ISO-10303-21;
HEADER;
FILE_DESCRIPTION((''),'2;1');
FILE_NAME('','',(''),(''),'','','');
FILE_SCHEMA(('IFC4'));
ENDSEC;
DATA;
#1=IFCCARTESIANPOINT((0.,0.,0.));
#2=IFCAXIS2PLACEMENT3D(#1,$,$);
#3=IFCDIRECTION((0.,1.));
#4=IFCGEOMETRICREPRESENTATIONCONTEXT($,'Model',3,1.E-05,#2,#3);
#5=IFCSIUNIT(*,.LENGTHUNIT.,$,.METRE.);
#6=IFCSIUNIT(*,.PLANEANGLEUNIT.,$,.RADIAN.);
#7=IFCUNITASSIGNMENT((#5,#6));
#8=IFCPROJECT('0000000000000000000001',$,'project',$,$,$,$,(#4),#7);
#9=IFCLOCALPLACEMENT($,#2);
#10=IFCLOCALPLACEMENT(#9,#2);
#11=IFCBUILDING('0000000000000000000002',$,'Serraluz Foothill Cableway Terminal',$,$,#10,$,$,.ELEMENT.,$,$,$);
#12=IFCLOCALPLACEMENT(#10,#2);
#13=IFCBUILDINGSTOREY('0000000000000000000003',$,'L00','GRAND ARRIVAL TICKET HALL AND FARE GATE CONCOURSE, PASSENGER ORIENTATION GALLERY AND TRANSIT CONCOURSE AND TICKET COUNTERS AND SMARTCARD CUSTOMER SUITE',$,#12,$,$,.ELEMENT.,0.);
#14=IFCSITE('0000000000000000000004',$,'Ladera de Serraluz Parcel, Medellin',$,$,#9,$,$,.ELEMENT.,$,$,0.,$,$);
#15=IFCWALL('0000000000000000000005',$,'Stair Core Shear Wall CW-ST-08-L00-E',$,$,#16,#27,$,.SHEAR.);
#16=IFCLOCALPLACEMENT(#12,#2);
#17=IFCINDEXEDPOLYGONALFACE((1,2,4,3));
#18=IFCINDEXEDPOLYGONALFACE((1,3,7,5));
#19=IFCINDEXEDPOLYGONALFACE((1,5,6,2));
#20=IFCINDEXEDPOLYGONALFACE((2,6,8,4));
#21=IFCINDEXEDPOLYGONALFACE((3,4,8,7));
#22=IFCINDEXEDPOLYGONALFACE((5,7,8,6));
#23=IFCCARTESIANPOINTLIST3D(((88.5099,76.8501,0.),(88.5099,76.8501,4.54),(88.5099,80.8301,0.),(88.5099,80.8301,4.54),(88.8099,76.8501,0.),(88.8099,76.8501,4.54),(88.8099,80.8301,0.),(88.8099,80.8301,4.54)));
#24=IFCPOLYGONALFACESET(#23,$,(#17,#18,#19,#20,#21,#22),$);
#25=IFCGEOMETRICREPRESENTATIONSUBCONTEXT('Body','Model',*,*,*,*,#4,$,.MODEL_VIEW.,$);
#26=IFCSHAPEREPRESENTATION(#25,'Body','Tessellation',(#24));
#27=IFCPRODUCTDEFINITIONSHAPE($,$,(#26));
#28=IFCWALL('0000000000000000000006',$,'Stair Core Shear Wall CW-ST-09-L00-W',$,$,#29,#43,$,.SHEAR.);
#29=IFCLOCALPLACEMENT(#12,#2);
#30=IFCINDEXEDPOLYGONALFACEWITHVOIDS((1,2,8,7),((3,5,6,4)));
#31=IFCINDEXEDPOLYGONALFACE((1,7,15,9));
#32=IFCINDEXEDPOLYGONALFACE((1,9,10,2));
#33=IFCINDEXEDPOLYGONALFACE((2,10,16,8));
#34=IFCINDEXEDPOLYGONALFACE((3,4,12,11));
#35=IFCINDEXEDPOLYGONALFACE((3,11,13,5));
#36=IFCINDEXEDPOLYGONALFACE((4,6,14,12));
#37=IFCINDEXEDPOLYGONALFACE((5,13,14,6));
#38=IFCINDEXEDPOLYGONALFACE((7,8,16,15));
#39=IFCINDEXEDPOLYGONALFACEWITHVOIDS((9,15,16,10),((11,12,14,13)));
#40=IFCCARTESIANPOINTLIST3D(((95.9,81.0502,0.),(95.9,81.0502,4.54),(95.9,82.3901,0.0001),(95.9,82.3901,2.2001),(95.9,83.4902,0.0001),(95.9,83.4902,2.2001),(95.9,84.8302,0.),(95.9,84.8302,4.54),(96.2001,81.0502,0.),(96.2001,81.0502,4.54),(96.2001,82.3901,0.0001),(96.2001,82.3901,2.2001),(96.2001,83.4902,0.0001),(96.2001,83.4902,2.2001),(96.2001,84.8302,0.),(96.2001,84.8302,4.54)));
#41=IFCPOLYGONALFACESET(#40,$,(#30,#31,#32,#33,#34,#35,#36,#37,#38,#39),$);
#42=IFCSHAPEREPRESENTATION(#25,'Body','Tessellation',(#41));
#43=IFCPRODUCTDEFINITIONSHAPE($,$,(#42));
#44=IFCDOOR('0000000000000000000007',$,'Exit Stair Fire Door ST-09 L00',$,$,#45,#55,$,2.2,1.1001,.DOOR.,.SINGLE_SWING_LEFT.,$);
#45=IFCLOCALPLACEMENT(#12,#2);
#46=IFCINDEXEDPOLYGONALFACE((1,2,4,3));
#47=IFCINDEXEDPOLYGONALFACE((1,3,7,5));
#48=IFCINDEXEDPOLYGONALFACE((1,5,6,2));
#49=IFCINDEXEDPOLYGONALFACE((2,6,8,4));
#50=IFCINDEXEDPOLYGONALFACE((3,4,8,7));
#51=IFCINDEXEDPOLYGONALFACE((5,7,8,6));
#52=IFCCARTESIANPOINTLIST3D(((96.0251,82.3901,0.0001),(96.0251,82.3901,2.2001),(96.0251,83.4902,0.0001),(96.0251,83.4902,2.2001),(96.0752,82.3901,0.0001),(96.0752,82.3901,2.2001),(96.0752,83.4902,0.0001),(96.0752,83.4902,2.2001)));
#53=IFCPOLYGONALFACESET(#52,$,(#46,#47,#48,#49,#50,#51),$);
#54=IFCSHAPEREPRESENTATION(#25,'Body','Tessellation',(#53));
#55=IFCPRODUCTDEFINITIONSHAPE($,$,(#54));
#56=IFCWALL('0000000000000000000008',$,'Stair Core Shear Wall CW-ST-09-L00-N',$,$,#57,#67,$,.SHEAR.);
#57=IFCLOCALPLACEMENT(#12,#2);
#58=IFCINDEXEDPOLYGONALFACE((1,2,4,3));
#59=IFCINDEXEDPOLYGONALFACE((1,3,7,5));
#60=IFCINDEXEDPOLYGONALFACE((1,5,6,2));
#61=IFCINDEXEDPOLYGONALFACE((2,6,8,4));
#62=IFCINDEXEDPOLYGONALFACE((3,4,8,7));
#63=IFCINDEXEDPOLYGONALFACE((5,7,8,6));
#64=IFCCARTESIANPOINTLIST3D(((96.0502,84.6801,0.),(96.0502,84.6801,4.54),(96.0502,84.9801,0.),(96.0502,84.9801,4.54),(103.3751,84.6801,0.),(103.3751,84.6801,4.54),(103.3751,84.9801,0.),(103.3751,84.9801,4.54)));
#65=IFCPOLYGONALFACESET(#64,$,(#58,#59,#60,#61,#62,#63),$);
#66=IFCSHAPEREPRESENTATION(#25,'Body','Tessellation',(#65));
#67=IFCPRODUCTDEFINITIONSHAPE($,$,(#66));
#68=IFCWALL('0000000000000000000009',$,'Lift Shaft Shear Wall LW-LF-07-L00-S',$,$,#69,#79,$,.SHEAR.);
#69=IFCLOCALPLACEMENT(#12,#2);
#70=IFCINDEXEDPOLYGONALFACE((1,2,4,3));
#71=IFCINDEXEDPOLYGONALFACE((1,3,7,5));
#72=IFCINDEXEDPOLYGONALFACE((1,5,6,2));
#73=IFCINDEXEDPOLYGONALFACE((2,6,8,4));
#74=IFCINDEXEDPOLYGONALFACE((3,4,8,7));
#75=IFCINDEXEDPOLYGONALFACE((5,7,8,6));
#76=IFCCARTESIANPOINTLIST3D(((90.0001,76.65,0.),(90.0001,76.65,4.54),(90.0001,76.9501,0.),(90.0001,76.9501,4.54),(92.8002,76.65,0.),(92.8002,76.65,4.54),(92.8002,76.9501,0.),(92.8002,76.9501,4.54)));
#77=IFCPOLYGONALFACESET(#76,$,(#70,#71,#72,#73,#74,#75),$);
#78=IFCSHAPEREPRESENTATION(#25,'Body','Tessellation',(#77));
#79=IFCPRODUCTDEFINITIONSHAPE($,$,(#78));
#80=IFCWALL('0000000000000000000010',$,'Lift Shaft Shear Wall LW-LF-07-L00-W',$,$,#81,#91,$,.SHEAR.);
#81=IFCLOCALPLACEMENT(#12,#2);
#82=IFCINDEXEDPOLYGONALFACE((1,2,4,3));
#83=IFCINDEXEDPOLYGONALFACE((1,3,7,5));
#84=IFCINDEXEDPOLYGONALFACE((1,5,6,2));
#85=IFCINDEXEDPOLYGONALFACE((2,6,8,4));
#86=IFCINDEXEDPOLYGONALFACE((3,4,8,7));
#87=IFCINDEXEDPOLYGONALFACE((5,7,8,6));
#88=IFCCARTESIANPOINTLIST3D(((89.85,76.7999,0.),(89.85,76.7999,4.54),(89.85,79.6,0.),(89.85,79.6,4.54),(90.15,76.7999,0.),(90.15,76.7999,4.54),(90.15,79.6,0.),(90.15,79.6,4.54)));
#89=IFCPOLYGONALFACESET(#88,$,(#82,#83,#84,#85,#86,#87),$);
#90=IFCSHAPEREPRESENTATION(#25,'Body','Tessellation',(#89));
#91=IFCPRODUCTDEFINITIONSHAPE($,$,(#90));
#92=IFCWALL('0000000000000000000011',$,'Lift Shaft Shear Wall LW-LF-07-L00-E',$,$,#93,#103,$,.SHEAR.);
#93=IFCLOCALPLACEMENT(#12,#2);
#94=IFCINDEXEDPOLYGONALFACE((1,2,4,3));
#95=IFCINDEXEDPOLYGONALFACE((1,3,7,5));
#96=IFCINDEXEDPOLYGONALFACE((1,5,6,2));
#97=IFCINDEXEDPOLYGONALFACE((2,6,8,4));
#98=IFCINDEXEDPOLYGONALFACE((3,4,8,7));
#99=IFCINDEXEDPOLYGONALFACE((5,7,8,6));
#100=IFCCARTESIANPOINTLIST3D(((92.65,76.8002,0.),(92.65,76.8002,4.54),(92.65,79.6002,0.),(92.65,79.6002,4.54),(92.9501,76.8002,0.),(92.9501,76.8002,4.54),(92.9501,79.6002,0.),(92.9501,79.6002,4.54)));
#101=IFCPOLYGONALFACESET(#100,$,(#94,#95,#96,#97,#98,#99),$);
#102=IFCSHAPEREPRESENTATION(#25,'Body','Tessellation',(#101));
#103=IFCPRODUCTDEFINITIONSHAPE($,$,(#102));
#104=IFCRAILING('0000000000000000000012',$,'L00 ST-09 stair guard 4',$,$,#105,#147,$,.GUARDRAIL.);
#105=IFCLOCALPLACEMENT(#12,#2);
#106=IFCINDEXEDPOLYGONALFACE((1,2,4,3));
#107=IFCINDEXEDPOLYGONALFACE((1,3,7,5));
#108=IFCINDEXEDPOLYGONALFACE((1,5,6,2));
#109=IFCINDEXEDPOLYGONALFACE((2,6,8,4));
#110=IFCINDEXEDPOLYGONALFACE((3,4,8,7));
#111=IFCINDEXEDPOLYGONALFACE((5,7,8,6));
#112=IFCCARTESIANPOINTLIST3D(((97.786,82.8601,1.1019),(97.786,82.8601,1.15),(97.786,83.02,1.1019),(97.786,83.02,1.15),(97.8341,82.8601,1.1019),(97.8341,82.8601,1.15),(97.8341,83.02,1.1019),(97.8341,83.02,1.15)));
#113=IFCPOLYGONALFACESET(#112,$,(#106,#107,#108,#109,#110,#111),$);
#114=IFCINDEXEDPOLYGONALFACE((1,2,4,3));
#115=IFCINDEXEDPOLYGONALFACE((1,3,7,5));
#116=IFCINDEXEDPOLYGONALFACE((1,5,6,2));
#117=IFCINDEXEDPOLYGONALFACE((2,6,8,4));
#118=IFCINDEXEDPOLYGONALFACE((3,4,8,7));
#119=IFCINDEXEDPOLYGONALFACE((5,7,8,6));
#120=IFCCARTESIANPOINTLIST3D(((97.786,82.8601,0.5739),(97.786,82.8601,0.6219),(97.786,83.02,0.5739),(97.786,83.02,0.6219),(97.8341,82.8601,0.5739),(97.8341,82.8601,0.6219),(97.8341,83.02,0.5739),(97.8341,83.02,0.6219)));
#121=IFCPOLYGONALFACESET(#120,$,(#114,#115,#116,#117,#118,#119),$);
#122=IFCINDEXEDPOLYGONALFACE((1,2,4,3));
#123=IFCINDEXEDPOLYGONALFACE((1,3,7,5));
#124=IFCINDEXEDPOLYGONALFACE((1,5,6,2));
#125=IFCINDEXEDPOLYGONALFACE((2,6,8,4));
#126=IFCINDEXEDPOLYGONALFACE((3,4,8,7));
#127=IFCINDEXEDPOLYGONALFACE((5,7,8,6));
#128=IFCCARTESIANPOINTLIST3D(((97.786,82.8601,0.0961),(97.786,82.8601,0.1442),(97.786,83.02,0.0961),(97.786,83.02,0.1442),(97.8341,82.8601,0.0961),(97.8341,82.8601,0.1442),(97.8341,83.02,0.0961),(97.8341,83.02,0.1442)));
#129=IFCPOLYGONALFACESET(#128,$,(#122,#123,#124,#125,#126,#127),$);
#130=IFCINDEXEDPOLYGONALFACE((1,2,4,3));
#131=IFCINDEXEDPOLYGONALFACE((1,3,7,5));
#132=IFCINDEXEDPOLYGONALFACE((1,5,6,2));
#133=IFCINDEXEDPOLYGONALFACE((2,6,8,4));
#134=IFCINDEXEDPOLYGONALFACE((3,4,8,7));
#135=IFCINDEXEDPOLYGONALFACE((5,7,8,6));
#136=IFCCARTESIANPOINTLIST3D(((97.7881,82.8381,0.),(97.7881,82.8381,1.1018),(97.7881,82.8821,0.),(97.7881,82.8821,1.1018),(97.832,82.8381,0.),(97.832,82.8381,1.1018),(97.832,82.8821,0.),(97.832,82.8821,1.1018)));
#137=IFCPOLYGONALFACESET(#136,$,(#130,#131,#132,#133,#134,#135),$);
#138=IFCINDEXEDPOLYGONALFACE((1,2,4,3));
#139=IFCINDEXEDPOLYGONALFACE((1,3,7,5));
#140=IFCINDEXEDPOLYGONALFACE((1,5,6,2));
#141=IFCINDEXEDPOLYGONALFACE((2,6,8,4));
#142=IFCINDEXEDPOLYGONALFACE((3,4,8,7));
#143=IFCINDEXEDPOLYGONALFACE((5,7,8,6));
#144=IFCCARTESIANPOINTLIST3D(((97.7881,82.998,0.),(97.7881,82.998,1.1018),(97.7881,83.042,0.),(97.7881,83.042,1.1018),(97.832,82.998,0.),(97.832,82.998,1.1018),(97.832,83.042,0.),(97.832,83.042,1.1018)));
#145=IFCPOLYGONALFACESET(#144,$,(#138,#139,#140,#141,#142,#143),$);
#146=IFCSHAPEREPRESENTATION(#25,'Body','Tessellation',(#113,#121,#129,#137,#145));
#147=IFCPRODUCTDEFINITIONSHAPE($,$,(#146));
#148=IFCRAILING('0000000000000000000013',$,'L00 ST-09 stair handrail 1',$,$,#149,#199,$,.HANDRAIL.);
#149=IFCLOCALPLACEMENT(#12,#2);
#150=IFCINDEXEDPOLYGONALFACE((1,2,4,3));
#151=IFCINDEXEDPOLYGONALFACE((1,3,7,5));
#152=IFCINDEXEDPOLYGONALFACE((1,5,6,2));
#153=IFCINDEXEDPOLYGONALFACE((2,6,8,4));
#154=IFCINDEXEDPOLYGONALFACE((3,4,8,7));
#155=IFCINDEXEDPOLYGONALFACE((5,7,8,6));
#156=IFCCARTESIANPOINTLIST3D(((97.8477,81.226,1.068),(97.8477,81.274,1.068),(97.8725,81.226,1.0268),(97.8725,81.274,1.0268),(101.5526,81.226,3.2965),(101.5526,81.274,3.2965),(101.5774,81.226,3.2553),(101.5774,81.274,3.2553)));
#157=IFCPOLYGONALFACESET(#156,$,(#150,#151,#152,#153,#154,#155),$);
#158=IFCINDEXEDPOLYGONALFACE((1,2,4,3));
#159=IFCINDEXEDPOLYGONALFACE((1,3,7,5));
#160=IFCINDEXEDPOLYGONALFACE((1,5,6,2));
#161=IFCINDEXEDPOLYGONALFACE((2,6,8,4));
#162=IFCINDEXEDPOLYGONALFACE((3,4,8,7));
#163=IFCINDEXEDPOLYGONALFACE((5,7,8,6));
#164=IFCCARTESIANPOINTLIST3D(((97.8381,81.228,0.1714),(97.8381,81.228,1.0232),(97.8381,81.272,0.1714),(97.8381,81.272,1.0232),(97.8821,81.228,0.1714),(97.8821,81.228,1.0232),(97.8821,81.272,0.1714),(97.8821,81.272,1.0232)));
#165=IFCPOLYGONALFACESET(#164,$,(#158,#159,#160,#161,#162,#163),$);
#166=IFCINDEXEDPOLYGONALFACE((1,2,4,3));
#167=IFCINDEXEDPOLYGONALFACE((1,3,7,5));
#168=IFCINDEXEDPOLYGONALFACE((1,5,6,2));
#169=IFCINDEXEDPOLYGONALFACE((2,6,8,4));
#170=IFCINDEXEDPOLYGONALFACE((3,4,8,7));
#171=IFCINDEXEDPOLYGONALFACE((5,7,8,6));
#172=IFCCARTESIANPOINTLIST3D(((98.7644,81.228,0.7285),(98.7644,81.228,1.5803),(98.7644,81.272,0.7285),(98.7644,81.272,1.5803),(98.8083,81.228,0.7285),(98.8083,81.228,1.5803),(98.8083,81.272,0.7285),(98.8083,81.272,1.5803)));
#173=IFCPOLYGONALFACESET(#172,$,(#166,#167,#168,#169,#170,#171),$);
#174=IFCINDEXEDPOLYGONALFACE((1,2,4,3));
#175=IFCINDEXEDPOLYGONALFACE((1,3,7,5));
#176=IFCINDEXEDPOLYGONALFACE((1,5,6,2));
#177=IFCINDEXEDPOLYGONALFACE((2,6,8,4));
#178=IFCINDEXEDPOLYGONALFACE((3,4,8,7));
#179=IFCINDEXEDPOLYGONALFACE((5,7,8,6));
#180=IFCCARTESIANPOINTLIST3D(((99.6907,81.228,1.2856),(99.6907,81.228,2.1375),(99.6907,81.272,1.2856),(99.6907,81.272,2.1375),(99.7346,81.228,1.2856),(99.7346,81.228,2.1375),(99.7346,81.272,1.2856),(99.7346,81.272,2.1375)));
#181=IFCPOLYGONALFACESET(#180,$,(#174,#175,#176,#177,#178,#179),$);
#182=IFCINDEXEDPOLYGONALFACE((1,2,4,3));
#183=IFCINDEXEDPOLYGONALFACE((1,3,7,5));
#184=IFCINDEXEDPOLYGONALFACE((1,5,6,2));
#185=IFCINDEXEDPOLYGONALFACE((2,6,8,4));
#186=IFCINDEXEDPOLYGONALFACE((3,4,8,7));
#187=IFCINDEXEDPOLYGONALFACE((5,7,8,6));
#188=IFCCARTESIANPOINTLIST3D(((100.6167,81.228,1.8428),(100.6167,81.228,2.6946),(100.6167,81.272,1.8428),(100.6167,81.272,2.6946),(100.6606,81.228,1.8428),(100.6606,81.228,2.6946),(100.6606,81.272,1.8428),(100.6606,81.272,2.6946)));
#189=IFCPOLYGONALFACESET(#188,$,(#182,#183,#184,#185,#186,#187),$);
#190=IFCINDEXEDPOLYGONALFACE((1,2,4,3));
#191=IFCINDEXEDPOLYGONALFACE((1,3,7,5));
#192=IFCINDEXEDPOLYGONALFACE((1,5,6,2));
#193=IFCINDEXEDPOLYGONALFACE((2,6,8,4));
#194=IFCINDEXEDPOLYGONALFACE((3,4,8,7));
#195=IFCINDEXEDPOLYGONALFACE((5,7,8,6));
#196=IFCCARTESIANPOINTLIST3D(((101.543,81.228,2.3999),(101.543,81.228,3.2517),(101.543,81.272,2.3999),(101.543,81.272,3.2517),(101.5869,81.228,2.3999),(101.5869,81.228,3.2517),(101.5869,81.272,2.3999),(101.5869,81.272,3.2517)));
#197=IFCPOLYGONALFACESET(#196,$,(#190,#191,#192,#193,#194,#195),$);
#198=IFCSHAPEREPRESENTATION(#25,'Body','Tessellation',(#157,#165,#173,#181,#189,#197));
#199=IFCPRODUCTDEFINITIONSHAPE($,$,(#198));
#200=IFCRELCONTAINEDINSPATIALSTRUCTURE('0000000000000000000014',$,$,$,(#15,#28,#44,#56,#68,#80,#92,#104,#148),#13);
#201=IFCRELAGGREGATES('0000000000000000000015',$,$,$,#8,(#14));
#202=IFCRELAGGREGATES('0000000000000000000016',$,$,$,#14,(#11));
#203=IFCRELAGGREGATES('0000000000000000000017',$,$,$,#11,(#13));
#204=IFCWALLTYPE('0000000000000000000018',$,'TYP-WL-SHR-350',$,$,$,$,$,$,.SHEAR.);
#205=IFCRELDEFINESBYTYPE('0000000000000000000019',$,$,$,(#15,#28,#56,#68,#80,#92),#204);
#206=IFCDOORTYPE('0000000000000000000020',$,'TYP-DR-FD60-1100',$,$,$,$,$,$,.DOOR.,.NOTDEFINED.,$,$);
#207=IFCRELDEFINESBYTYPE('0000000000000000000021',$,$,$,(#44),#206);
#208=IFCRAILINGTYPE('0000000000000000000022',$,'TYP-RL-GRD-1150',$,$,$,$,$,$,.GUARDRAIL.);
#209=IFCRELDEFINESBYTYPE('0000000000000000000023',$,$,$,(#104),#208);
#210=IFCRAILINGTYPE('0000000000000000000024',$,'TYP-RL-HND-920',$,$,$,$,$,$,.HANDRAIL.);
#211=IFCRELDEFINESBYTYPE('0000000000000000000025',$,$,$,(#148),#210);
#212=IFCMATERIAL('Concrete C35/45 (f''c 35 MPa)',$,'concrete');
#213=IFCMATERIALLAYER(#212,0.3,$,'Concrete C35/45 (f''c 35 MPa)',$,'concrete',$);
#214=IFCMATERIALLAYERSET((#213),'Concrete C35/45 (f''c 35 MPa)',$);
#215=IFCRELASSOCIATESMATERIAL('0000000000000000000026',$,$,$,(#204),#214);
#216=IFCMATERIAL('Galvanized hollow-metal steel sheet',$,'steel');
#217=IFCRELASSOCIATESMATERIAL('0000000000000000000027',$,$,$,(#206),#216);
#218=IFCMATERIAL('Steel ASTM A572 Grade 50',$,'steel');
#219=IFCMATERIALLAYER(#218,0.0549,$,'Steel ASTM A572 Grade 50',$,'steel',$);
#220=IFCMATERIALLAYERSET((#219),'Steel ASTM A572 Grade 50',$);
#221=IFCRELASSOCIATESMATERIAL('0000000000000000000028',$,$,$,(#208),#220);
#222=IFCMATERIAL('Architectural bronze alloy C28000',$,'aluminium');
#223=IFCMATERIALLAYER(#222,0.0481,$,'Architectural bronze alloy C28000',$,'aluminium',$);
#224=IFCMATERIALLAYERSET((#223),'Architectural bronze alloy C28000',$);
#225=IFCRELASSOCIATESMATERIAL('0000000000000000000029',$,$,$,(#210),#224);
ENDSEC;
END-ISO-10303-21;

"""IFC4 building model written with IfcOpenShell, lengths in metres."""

from ifc_helpers import new_model, si_unit, direction, frame, frame_2d, origin, origin_2d, place, context, subcontext, project, spatial, rectangle, extrude, material, layer, layer_set, type_object, element, fill, save


model = new_model("IFC4")

# Units and contexts
model_context = context("Model", 3, precision=1e-05, world=origin(), true_north=direction((0.0, 1.0)))
body_context = subcontext(model_context, "Body", "Model", "MODEL_VIEW")
ifc_project = project(units=[si_unit("LENGTHUNIT", "METRE"), si_unit("PLANEANGLEUNIT", "RADIAN")], contexts=[model_context])

# Site, building, storey
site_placement = place(None, origin())
site = spatial("IfcSite", under=ifc_project, at=site_placement, Name="Ladera de Serraluz Parcel, Medellin", CompositionType="ELEMENT", RefElevation=0.0)
building_placement = place(site_placement, origin())
building = spatial("IfcBuilding", under=site, at=building_placement, Name="Serraluz Foothill Cableway Terminal", CompositionType="ELEMENT")
storey_placement = place(building_placement, origin())
storey = spatial("IfcBuildingStorey", under=building, at=storey_placement, Name="L00", Description="GRAND ARRIVAL TICKET HALL AND FARE GATE CONCOURSE, PASSENGER ORIENTATION GALLERY AND TRANSIT CONCOURSE AND TICKET COUNTERS AND SMARTCARD CUSTOMER SUITE", CompositionType="ELEMENT", Elevation=0.0)

# Shared definitions
ifc_material_1 = material(Name="Concrete C35/45 (f'c 35 MPa)", Category="concrete")

# Wall
ifc_layer_1 = layer(ifc_material_1, 0.3, Name="Concrete C35/45 (f'c 35 MPa)", Category="concrete")
ifc_layer_set_1 = layer_set([ifc_layer_1], Name="Concrete C35/45 (f'c 35 MPa)")
wall_type_1 = type_object("IfcWallType", Name="TYP-WL-SHR-350", PredefinedType="SHEAR", material=ifc_layer_set_1)
wall_1_placement = place(storey_placement, frame((88.6599, 80.8301, 0.0), z_axis=(0.0, 0.0, 1.0), x_axis=(0.0, -1.0, 0.0)))
element("IfcWall", 1, at=wall_1_placement, inside=storey, type_object=wall_type_1, Name="Stair Core Shear Wall CW-ST-08-L00-E", PredefinedType="SHEAR", context=body_context, shape_type="SweptSolid", body=[
    extrude(rectangle(XDim=3.98, YDim=0.3, at=frame_2d((1.99, 0.0))), origin(), (0.0, 0.0, 1.0), 4.54),
])

# Wall, opening, door
wall_2_placement = place(storey_placement, frame((96.05, 81.05, 0.0), z_axis=(0.0, 0.0, 1.0), x_axis=(0.0, 1.0, 0.0)))
wall_2 = element("IfcWall", 2, at=wall_2_placement, inside=storey, type_object=wall_type_1, Name="Stair Core Shear Wall CW-ST-09-L00-W", PredefinedType="SHEAR", context=body_context, shape_type="SweptSolid", body=[
    extrude(rectangle(XDim=3.78, YDim=0.3, at=frame_2d((1.8901, 0.0))), origin(), (0.0, 0.0, 1.0), 4.54),
])
opening_1_placement = place(wall_2_placement, frame((1.3401, 0.0, 0.0)))
opening_1 = element("IfcOpeningElement", 3, at=opening_1_placement, cuts=wall_2, PredefinedType="OPENING", context=body_context, shape_type="SweptSolid", body=[
    extrude(rectangle(XDim=1.1001, YDim=2.2, at=frame_2d((0.55, 1.1001))), frame((0.0, 0.1602, 0.0), z_axis=(0.0, -1.0, 0.0), x_axis=(1.0, 0.0, 0.0)), (0.0, 0.0, 1.0), 0.3201),
])
ifc_material_2 = material(Name="Galvanized hollow-metal steel sheet", Category="steel")
door_type_1 = type_object("IfcDoorType", Name="TYP-DR-FD60-1100", OperationType="NOTDEFINED", PredefinedType="DOOR", material=ifc_material_2)
door_1_placement = place(opening_1_placement, origin())
door_1 = element("IfcDoor", 4, at=door_1_placement, inside=storey, type_object=door_type_1, Name="Exit Stair Fire Door ST-09 L00", OperationType="SINGLE_SWING_LEFT", OverallHeight=2.2, OverallWidth=1.1001, PredefinedType="DOOR", context=body_context, shape_type="SweptSolid", body=[
    extrude(rectangle(XDim=1.1001, YDim=2.2, at=frame_2d((0.55, 1.1001))), frame((0.0, 0.0249, 0.0), z_axis=(0.0, -1.0, 0.0), x_axis=(1.0, 0.0, 0.0)), (0.0, 0.0, 1.0), 0.05),
])
fill(opening_1, door_1)

# Walls
wall_3_placement = place(storey_placement, frame((96.05, 84.8301, 0.0), z_axis=(0.0, 0.0, 1.0), x_axis=(1.0, 0.0, 0.0)))
element("IfcWall", 5, at=wall_3_placement, inside=storey, type_object=wall_type_1, Name="Stair Core Shear Wall CW-ST-09-L00-N", PredefinedType="SHEAR", context=body_context, shape_type="SweptSolid", body=[
    extrude(rectangle(XDim=7.325, YDim=0.3, at=frame_2d((3.6626, 0.0))), origin(), (0.0, 0.0, 1.0), 4.54),
])
for number, where, z_axis, x_axis, name in (
    (6, (92.8, 76.8, 0.0), (0.0, 0.0, 1.0), (-1.0, 0.0, 0.0), "Lift Shaft Shear Wall LW-LF-07-L00-S"),
    (7, (90.0, 76.8, 0.0), (0.0, 0.0, 1.0), (0.0, 1.0, 0.0), "Lift Shaft Shear Wall LW-LF-07-L00-W"),
):
    element("IfcWall", number, at=place(storey_placement, frame(where, z_axis=z_axis, x_axis=x_axis)), inside=storey, type_object=wall_type_1, Name=name, PredefinedType="SHEAR", context=body_context, shape_type="SweptSolid", body=[
        extrude(rectangle(XDim=2.8, YDim=0.3, at=frame_2d((1.3999, 0.0))), origin(), (0.0, 0.0, 1.0), 4.54),
    ])

# Wall
wall_4_placement = place(storey_placement, frame((92.8, 79.6001, 0.0), z_axis=(0.0, 0.0, 1.0), x_axis=(0.0, -1.0, 0.0)))
element("IfcWall", 8, at=wall_4_placement, inside=storey, type_object=wall_type_1, Name="Lift Shaft Shear Wall LW-LF-07-L00-E", PredefinedType="SHEAR", context=body_context, shape_type="SweptSolid", body=[
    extrude(rectangle(XDim=2.8, YDim=0.3, at=frame_2d((1.3999, 0.0))), origin(), (0.0, 0.0, 1.0), 4.54),
])

# Railings
ifc_material_3 = material(Name="Steel ASTM A572 Grade 50", Category="steel")
ifc_layer_2 = layer(ifc_material_3, 0.0549, Name="Steel ASTM A572 Grade 50", Category="steel")
ifc_layer_set_2 = layer_set([ifc_layer_2], Name="Steel ASTM A572 Grade 50")
railing_type_1 = type_object("IfcRailingType", Name="TYP-RL-GRD-1150", PredefinedType="GUARDRAIL", material=ifc_layer_set_2)
railing_1_placement = place(storey_placement, frame((97.8101, 82.8601, 0.0)))
element("IfcRailing", 9, at=railing_1_placement, inside=storey, type_object=railing_type_1, Name="L00 ST-09 stair guard 4", PredefinedType="GUARDRAIL", context=body_context, shape_type="SweptSolid", body=[
    extrude(rectangle(XDim=0.0481, YDim=0.0481, at=origin_2d()), frame((0.0, 0.0, 1.126), z_axis=(0.0, 1.0, 0.0), x_axis=(-1.0, 0.0, 0.0)), (0.0, 0.0, 1.0), 0.1599),
    extrude(rectangle(XDim=0.0481, YDim=0.0481, at=origin_2d()), frame((0.0, 0.0, 0.5979), z_axis=(0.0, 1.0, 0.0), x_axis=(-1.0, 0.0, 0.0)), (0.0, 0.0, 1.0), 0.1599),
    extrude(rectangle(XDim=0.0481, YDim=0.0481, at=origin_2d()), frame((0.0, 0.0, 0.1201), z_axis=(0.0, 1.0, 0.0), x_axis=(-1.0, 0.0, 0.0)), (0.0, 0.0, 1.0), 0.1599),
    extrude(rectangle(XDim=0.0439, YDim=0.0439, at=origin_2d()), origin(), (0.0, 0.0, 1.0), 1.1018),
    extrude(rectangle(XDim=0.0439, YDim=0.0439, at=origin_2d()), frame((0.0, 0.1599, 0.0)), (0.0, 0.0, 1.0), 1.1018),
])
ifc_material_4 = material(Name="Architectural bronze alloy C28000", Category="aluminium")
ifc_layer_3 = layer(ifc_material_4, 0.0481, Name="Architectural bronze alloy C28000", Category="aluminium")
ifc_layer_set_3 = layer_set([ifc_layer_3], Name="Architectural bronze alloy C28000")
railing_type_2 = type_object("IfcRailingType", Name="TYP-RL-HND-920", PredefinedType="HANDRAIL", material=ifc_layer_set_3)
railing_2_placement = place(storey_placement, frame((97.8601, 81.25, 0.1714)))
element("IfcRailing", 10, at=railing_2_placement, inside=storey, type_object=railing_type_2, Name="L00 ST-09 stair handrail 1", PredefinedType="HANDRAIL", context=body_context, shape_type="SweptSolid", body=[
    extrude(rectangle(XDim=0.0481, YDim=0.0481, at=origin_2d()), frame((0.0, 0.0, 0.876), z_axis=(0.856919, 0.0, 0.51545), x_axis=(0.0, 1.0, 0.0)), (0.0, 0.0, 1.0), 4.3235),
    extrude(rectangle(XDim=0.0439, YDim=0.0439, at=origin_2d()), origin(), (0.0, 0.0, 1.0), 0.8518),
    extrude(rectangle(XDim=0.0439, YDim=0.0439, at=origin_2d()), frame((0.9263, 0.0, 0.5571)), (0.0, 0.0, 1.0), 0.8518),
    extrude(rectangle(XDim=0.0439, YDim=0.0439, at=origin_2d()), frame((1.8525, 0.0, 1.1143)), (0.0, 0.0, 1.0), 0.8518),
    extrude(rectangle(XDim=0.0439, YDim=0.0439, at=origin_2d()), frame((2.7786, 0.0, 1.6714)), (0.0, 0.0, 1.0), 0.8518),
    extrude(rectangle(XDim=0.0439, YDim=0.0439, at=origin_2d()), frame((3.7048, 0.0, 2.2285)), (0.0, 0.0, 1.0), 0.8518),
])

save(model, "model.ifc")
